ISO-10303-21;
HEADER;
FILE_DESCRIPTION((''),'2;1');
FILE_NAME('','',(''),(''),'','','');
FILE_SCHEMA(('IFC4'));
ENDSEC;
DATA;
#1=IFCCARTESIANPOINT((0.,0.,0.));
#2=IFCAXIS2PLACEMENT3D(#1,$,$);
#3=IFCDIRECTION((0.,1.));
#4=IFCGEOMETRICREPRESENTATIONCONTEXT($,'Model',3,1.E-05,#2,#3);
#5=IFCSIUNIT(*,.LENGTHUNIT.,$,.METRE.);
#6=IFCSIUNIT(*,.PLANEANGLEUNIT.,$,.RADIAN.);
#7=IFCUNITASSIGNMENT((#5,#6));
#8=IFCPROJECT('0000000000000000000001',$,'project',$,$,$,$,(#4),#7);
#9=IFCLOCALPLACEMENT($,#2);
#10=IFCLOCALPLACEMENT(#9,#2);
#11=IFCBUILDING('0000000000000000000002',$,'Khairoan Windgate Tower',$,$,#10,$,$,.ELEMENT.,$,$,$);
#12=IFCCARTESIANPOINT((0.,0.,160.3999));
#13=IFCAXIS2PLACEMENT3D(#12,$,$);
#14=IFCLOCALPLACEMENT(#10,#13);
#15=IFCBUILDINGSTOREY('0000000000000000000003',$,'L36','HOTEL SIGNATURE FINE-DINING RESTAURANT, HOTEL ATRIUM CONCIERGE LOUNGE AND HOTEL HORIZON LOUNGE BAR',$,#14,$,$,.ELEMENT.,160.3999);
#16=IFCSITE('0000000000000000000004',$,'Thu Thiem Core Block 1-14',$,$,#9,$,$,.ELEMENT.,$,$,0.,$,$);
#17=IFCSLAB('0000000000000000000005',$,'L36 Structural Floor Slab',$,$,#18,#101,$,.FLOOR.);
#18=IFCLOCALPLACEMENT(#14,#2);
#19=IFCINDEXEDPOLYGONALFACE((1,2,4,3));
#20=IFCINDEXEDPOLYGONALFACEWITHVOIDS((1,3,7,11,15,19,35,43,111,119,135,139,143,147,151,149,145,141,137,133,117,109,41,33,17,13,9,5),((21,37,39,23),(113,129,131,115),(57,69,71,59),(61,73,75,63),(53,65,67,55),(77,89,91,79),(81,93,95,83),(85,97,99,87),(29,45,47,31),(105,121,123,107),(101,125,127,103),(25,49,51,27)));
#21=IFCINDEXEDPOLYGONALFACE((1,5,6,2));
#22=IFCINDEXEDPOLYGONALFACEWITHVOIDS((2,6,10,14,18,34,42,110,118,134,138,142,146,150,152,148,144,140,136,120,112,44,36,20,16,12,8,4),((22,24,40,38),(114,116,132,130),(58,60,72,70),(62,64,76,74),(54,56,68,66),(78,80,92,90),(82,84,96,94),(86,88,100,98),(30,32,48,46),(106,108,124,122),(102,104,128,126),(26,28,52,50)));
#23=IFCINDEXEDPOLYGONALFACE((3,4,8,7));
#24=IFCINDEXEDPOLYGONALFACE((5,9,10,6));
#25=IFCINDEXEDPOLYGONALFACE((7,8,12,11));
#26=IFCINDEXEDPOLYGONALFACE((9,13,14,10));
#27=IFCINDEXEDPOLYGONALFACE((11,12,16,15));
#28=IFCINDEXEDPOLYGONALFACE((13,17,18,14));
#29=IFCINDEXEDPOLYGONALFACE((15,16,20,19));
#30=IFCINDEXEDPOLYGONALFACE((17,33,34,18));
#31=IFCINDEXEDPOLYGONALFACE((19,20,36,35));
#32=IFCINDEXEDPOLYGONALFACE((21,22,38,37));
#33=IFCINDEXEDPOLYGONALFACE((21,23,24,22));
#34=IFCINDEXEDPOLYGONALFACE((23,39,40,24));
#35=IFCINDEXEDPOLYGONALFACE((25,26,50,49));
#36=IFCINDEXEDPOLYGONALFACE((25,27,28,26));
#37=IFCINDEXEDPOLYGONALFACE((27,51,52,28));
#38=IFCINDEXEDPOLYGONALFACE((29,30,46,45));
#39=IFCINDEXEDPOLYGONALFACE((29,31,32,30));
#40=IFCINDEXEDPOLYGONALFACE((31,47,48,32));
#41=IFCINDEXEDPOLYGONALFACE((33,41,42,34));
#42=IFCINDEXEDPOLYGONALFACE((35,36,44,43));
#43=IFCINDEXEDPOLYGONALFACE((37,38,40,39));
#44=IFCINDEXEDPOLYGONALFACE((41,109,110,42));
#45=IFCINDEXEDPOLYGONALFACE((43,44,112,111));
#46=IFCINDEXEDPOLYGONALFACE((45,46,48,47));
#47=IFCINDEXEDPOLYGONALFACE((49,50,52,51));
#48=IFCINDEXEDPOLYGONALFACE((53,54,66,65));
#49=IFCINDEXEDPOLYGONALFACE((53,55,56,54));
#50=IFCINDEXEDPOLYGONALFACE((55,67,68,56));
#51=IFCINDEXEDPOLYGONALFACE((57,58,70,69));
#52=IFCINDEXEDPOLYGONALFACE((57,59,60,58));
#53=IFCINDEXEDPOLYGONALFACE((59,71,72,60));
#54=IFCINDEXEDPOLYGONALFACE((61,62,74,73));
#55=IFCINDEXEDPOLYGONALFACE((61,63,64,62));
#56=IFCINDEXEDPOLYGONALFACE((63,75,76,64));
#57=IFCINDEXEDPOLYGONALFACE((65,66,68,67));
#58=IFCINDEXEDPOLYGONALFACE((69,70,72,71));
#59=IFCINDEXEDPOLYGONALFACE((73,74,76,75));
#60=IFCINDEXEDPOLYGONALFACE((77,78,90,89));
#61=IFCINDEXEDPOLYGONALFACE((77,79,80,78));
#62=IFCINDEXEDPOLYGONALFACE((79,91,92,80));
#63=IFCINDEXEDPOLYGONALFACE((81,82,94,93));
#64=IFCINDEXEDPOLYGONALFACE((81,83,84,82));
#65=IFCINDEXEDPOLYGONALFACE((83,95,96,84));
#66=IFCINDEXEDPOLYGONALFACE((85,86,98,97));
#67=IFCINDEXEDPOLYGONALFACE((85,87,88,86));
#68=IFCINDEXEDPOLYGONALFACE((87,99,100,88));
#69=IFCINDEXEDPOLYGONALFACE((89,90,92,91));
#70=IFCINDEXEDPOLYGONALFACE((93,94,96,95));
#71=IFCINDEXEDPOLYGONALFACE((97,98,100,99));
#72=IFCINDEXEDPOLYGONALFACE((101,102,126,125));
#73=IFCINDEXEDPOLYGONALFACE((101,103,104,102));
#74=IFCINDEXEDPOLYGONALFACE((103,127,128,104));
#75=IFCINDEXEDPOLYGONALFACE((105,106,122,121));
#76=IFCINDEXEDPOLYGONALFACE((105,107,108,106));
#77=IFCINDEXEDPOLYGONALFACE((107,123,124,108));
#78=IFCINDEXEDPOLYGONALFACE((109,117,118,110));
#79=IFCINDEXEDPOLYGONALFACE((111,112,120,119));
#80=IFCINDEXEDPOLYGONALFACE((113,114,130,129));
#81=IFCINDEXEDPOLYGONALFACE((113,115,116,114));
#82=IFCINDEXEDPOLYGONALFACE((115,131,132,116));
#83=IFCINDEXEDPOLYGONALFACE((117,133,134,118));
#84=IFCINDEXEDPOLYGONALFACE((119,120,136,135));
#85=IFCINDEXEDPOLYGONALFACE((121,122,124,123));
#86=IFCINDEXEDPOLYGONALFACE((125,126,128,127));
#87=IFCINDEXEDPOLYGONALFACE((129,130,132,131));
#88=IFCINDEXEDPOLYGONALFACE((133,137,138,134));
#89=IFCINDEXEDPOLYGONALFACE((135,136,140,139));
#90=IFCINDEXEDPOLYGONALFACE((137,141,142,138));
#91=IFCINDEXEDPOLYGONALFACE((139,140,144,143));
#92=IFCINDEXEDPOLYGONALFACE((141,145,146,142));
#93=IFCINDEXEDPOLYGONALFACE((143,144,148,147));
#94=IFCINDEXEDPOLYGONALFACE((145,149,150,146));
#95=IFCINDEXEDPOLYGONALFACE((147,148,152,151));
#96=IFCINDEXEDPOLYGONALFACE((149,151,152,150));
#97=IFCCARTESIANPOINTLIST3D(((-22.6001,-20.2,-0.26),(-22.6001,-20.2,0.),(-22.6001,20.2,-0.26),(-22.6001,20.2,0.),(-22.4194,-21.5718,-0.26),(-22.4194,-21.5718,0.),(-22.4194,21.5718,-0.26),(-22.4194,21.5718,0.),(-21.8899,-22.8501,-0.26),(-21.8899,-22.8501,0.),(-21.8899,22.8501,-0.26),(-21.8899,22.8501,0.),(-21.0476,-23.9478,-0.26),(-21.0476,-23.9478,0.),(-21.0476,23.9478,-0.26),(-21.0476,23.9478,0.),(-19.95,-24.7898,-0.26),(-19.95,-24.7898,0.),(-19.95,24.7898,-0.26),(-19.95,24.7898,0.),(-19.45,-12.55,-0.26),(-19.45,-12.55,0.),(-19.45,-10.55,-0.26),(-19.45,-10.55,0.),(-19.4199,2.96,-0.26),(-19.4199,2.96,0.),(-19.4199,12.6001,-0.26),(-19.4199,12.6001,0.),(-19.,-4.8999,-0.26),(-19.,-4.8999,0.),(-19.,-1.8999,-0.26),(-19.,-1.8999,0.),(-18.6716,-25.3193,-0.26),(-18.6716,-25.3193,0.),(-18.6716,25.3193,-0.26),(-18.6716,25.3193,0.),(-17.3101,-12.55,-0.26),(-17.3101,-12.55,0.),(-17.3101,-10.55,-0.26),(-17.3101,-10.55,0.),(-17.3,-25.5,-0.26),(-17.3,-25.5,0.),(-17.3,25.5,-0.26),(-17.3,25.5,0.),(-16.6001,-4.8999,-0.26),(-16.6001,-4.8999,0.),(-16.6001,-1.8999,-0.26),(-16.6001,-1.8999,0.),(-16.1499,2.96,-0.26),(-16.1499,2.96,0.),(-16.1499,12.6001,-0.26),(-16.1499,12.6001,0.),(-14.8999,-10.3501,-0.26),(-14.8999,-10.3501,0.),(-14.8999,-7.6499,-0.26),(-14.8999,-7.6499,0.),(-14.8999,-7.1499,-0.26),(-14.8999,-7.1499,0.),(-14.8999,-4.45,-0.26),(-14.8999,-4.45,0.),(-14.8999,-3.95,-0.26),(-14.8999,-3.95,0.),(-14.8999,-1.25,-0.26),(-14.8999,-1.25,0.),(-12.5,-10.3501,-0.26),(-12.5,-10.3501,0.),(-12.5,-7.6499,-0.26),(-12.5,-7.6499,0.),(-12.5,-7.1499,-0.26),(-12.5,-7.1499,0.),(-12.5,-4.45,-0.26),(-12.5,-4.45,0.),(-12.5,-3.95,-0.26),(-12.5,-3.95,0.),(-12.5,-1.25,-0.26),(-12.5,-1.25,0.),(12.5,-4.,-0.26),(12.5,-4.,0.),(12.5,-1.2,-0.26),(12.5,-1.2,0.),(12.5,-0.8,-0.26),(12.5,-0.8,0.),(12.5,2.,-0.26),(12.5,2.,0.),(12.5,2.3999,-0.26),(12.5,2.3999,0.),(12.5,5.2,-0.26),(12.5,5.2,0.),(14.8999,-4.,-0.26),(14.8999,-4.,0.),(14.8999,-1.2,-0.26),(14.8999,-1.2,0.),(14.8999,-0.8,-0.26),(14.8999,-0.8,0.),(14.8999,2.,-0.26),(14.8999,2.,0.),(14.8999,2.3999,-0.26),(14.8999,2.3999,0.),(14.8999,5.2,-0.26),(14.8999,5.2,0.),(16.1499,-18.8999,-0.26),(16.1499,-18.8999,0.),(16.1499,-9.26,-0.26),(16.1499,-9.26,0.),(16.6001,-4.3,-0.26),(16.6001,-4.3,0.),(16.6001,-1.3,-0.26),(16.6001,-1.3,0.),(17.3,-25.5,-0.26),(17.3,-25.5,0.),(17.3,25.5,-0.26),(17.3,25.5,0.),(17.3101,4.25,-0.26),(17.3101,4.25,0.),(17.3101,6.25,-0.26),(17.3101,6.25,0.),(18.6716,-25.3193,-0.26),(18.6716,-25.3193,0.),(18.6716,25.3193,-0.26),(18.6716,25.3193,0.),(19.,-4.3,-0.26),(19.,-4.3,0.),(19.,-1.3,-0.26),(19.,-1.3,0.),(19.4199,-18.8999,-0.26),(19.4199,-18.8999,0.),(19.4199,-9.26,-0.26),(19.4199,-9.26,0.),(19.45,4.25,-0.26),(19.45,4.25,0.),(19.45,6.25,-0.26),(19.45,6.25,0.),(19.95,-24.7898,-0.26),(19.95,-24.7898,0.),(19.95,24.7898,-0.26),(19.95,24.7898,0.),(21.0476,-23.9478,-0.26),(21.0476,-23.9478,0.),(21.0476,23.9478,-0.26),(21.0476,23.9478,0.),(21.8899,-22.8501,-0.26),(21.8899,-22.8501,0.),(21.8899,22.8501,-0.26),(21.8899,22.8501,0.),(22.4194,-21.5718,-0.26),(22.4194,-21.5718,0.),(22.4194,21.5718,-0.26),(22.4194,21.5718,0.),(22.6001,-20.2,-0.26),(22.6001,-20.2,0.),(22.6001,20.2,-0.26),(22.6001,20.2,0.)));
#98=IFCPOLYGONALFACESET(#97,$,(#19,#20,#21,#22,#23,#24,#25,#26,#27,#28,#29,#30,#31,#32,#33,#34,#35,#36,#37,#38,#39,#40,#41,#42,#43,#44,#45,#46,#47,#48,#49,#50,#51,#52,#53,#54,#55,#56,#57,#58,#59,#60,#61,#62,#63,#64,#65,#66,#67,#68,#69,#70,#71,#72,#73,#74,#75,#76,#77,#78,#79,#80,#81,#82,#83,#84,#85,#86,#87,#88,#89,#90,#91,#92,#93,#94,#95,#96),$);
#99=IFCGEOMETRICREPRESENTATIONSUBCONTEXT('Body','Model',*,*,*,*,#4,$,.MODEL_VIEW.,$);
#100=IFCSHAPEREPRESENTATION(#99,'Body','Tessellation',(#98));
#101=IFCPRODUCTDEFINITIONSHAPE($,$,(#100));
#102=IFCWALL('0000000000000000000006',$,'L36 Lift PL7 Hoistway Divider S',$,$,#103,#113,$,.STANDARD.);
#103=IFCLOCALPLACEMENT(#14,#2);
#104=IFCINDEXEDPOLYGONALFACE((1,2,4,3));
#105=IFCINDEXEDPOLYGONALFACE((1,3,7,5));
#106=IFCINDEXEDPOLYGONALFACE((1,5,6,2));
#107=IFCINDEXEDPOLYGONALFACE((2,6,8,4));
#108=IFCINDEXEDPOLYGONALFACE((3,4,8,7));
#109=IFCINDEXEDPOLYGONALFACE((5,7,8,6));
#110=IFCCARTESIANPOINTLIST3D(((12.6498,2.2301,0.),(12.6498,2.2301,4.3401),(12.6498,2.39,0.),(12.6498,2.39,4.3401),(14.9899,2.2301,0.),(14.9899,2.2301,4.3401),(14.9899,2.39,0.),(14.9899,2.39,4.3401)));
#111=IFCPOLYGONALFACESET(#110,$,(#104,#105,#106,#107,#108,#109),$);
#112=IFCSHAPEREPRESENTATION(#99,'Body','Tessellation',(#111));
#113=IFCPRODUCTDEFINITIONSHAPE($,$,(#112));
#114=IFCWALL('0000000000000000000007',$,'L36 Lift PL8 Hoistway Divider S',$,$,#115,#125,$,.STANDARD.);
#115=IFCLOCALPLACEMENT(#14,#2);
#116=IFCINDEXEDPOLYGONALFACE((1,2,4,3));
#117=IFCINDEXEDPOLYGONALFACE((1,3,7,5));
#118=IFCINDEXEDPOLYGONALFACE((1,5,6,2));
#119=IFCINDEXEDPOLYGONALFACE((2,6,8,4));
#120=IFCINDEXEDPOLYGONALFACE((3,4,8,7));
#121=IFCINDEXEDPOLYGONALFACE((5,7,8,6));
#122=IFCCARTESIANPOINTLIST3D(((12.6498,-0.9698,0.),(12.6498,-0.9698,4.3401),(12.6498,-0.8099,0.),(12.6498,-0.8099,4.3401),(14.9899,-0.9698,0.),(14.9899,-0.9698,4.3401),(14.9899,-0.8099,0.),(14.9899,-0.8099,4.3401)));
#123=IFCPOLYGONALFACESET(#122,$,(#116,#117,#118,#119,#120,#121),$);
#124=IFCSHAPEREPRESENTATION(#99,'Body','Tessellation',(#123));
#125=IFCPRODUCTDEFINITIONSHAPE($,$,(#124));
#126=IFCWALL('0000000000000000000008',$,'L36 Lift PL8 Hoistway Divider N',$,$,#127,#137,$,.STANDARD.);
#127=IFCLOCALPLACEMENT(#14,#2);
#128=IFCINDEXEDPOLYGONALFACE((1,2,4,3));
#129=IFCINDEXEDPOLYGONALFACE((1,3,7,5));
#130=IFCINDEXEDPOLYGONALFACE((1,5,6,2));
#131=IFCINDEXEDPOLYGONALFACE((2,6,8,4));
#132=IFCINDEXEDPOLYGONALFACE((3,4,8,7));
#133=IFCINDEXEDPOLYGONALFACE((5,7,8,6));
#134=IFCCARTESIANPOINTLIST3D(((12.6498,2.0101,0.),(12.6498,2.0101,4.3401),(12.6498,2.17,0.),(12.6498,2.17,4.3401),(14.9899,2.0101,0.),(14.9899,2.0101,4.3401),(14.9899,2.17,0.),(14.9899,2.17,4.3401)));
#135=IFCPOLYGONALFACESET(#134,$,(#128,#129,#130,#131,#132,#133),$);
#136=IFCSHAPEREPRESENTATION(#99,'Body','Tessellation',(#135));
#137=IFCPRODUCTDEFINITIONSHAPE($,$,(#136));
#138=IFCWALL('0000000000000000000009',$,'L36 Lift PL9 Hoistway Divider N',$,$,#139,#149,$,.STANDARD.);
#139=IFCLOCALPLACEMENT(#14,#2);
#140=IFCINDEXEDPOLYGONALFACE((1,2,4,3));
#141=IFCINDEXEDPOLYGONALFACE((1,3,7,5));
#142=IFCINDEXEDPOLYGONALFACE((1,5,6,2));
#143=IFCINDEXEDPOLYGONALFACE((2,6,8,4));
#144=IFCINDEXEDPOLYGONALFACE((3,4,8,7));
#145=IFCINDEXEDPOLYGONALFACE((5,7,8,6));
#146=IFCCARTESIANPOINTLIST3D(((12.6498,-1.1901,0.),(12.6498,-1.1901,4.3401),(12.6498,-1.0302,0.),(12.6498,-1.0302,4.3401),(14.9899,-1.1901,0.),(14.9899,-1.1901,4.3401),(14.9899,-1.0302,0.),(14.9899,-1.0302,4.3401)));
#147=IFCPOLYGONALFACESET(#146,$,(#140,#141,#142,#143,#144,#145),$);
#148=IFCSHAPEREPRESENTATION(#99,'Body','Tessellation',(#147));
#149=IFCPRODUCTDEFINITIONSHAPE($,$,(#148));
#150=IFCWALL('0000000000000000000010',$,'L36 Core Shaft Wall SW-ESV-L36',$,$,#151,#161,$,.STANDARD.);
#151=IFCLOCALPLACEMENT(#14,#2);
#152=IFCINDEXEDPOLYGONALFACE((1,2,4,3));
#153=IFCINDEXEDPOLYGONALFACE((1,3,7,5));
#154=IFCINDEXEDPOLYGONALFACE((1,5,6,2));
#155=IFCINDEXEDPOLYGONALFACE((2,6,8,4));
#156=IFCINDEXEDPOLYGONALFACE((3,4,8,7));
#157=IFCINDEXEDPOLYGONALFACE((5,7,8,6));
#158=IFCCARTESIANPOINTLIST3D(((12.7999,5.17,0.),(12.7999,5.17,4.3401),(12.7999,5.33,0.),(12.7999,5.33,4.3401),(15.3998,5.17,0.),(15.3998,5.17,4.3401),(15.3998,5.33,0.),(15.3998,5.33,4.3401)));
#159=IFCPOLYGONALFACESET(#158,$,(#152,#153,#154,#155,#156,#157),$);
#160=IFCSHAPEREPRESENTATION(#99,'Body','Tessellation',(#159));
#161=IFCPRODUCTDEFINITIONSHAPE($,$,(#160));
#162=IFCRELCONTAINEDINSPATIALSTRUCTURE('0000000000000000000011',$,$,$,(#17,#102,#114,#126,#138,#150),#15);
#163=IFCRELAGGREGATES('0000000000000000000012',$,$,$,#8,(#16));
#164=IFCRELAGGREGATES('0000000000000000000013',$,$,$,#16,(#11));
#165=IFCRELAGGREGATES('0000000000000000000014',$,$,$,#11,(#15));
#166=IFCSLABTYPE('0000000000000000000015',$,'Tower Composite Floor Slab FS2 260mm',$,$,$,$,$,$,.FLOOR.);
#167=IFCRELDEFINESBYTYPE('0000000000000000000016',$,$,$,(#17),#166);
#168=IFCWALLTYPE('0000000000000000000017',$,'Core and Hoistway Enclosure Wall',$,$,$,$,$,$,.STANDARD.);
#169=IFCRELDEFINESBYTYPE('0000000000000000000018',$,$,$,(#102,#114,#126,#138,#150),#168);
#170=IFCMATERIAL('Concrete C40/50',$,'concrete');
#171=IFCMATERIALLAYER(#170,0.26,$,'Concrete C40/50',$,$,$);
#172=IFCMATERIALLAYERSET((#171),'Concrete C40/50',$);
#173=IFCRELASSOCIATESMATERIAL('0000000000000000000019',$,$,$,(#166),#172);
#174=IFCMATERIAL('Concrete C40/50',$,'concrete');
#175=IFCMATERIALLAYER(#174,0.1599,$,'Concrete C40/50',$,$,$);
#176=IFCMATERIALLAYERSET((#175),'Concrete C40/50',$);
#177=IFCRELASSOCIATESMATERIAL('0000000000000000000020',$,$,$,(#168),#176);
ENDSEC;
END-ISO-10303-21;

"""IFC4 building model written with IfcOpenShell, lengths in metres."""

from ifc_helpers import new_model, si_unit, direction, frame, frame_2d, origin, place, context, subcontext, project, spatial, polyline, rectangle, outline, extrude, material, layer, layer_set, type_object, element, save


model = new_model("IFC4")

# Units and contexts
model_context = context("Model", 3, precision=1e-05, world=origin(), true_north=direction((0.0, 1.0)))
body_context = subcontext(model_context, "Body", "Model", "MODEL_VIEW")
ifc_project = project(units=[si_unit("LENGTHUNIT", "METRE"), si_unit("PLANEANGLEUNIT", "RADIAN")], contexts=[model_context])

# Site, building, storey
site_placement = place(None, origin())
site = spatial("IfcSite", under=ifc_project, at=site_placement, Name="Thu Thiem Core Block 1-14", CompositionType="ELEMENT", RefElevation=0.0)
building_placement = place(site_placement, origin())
building = spatial("IfcBuilding", under=site, at=building_placement, Name="Khairoan Windgate Tower", CompositionType="ELEMENT")
storey_placement = place(building_placement, frame((0.0, 0.0, 160.3999)))
storey = spatial("IfcBuildingStorey", under=building, at=storey_placement, Name="L36", Description="HOTEL SIGNATURE FINE-DINING RESTAURANT, HOTEL ATRIUM CONCIERGE LOUNGE AND HOTEL HORIZON LOUNGE BAR", CompositionType="ELEMENT", Elevation=160.3999)

# Slab
ifc_material_1 = material(Name="Concrete C40/50", Category="concrete")
ifc_layer_1 = layer(ifc_material_1, 0.26, Name="Concrete C40/50")
ifc_layer_set_1 = layer_set([ifc_layer_1], Name="Concrete C40/50")
slab_type_1 = type_object("IfcSlabType", Name="Tower Composite Floor Slab FS2 260mm", PredefinedType="FLOOR", material=ifc_layer_set_1)
slab_1_placement = place(storey_placement, frame((0.0, 0.0, -0.26)))
element("IfcSlab", 1, at=slab_1_placement, inside=storey, type_object=slab_type_1, Name="L36 Structural Floor Slab", PredefinedType="FLOOR", context=body_context, shape_type="SweptSolid", body=[
    extrude(outline(polyline([(17.3, -25.5), (18.6716, -25.3193), (19.95, -24.7898), (21.0476, -23.9478), (21.8899, -22.8501), (22.4194, -21.5718), (22.6001, -20.2), (22.6001, 20.2), (22.4194, 21.5718), (21.8899, 22.8501), (21.0476, 23.9478), (19.95, 24.7898), (18.6716, 25.3193), (17.3, 25.5), (-17.3, 25.5), (-18.6716, 25.3193), (-19.95, 24.7898), (-21.0476, 23.9478), (-21.8899, 22.8501), (-22.4194, 21.5718), (-22.6001, 20.2), (-22.6001, -20.2), (-22.4194, -21.5718), (-21.8899, -22.8501), (-21.0476, -23.9478), (-19.95, -24.7898), (-18.6716, -25.3193), (-17.3, -25.5), (17.3, -25.5)]), holes=[polyline([(16.1499, -9.26), (16.1499, -18.8999), (19.4199, -18.8999), (19.4199, -9.26), (16.1499, -9.26)]), polyline([(-16.1499, 2.96), (-16.1499, 12.6001), (-19.4199, 12.6001), (-19.4199, 2.96), (-16.1499, 2.96)]), polyline([(-14.8999, -3.95), (-12.5, -3.95), (-12.5, -1.25), (-14.8999, -1.25), (-14.8999, -3.95)]), polyline([(-14.8999, -7.1499), (-12.5, -7.1499), (-12.5, -4.45), (-14.8999, -4.45), (-14.8999, -7.1499)]), polyline([(-14.8999, -10.3501), (-12.5, -10.3501), (-12.5, -7.6499), (-14.8999, -7.6499), (-14.8999, -10.3501)]), polyline([(12.5, 2.3999), (14.8999, 2.3999), (14.8999, 5.2), (12.5, 5.2), (12.5, 2.3999)]), polyline([(12.5, -0.8), (14.8999, -0.8), (14.8999, 2.0), (12.5, 2.0), (12.5, -0.8)]), polyline([(12.5, -4.0), (14.8999, -4.0), (14.8999, -1.2), (12.5, -1.2), (12.5, -4.0)]), polyline([(16.6001, -4.3), (19.0, -4.3), (19.0, -1.3), (16.6001, -1.3), (16.6001, -4.3)]), polyline([(-19.0, -4.8999), (-16.6001, -4.8999), (-16.6001, -1.8999), (-19.0, -1.8999), (-19.0, -4.8999)]), polyline([(-19.45, -12.55), (-17.3101, -12.55), (-17.3101, -10.55), (-19.45, -10.55), (-19.45, -12.55)]), polyline([(17.3101, 4.25), (19.45, 4.25), (19.45, 6.25), (17.3101, 6.25), (17.3101, 4.25)])]), origin(), (0.0, 0.0, 1.0), 0.26),
])

# Walls
ifc_material_2 = material(Name="Concrete C40/50", Category="concrete")
ifc_layer_2 = layer(ifc_material_2, 0.1599, Name="Concrete C40/50")
ifc_layer_set_2 = layer_set([ifc_layer_2], Name="Concrete C40/50")
wall_type_1 = type_object("IfcWallType", Name="Core and Hoistway Enclosure Wall", PredefinedType="STANDARD", material=ifc_layer_set_2)
for number, where, z_axis, x_axis, name in (
    (2, (12.6499, 2.3101, 0.0), (0.0, 0.0, 1.0), (1.0, 0.0, 0.0), "L36 Lift PL7 Hoistway Divider S"),
    (3, (12.6499, -0.8899, 0.0), (0.0, 0.0, 1.0), (1.0, 0.0, 0.0), "L36 Lift PL8 Hoistway Divider S"),
    (4, (12.6499, 2.0901, 0.0), (0.0, 0.0, 1.0), (1.0, 0.0, 0.0), "L36 Lift PL8 Hoistway Divider N"),
    (5, (12.6499, -1.1101, 0.0), (0.0, 0.0, 1.0), (1.0, 0.0, 0.0), "L36 Lift PL9 Hoistway Divider N"),
):
    element("IfcWall", number, at=place(storey_placement, frame(where, z_axis=z_axis, x_axis=x_axis)), inside=storey, type_object=wall_type_1, Name=name, PredefinedType="STANDARD", context=body_context, shape_type="SweptSolid", body=[
        extrude(rectangle(XDim=2.3401, YDim=0.1599, at=frame_2d((1.1699, 0.0))), origin(), (0.0, 0.0, 1.0), 4.3401),
    ])
wall_1_placement = place(storey_placement, frame((12.8, 5.25, 0.0), z_axis=(0.0, 0.0, 1.0), x_axis=(1.0, 0.0, 0.0)))
element("IfcWall", 6, at=wall_1_placement, inside=storey, type_object=wall_type_1, Name="L36 Core Shaft Wall SW-ESV-L36", PredefinedType="STANDARD", context=body_context, shape_type="SweptSolid", body=[
    extrude(rectangle(XDim=2.5999, YDim=0.1599, at=frame_2d((1.2998, 0.0))), origin(), (0.0, 0.0, 1.0), 4.3401),
])

save(model, "model.ifc")
